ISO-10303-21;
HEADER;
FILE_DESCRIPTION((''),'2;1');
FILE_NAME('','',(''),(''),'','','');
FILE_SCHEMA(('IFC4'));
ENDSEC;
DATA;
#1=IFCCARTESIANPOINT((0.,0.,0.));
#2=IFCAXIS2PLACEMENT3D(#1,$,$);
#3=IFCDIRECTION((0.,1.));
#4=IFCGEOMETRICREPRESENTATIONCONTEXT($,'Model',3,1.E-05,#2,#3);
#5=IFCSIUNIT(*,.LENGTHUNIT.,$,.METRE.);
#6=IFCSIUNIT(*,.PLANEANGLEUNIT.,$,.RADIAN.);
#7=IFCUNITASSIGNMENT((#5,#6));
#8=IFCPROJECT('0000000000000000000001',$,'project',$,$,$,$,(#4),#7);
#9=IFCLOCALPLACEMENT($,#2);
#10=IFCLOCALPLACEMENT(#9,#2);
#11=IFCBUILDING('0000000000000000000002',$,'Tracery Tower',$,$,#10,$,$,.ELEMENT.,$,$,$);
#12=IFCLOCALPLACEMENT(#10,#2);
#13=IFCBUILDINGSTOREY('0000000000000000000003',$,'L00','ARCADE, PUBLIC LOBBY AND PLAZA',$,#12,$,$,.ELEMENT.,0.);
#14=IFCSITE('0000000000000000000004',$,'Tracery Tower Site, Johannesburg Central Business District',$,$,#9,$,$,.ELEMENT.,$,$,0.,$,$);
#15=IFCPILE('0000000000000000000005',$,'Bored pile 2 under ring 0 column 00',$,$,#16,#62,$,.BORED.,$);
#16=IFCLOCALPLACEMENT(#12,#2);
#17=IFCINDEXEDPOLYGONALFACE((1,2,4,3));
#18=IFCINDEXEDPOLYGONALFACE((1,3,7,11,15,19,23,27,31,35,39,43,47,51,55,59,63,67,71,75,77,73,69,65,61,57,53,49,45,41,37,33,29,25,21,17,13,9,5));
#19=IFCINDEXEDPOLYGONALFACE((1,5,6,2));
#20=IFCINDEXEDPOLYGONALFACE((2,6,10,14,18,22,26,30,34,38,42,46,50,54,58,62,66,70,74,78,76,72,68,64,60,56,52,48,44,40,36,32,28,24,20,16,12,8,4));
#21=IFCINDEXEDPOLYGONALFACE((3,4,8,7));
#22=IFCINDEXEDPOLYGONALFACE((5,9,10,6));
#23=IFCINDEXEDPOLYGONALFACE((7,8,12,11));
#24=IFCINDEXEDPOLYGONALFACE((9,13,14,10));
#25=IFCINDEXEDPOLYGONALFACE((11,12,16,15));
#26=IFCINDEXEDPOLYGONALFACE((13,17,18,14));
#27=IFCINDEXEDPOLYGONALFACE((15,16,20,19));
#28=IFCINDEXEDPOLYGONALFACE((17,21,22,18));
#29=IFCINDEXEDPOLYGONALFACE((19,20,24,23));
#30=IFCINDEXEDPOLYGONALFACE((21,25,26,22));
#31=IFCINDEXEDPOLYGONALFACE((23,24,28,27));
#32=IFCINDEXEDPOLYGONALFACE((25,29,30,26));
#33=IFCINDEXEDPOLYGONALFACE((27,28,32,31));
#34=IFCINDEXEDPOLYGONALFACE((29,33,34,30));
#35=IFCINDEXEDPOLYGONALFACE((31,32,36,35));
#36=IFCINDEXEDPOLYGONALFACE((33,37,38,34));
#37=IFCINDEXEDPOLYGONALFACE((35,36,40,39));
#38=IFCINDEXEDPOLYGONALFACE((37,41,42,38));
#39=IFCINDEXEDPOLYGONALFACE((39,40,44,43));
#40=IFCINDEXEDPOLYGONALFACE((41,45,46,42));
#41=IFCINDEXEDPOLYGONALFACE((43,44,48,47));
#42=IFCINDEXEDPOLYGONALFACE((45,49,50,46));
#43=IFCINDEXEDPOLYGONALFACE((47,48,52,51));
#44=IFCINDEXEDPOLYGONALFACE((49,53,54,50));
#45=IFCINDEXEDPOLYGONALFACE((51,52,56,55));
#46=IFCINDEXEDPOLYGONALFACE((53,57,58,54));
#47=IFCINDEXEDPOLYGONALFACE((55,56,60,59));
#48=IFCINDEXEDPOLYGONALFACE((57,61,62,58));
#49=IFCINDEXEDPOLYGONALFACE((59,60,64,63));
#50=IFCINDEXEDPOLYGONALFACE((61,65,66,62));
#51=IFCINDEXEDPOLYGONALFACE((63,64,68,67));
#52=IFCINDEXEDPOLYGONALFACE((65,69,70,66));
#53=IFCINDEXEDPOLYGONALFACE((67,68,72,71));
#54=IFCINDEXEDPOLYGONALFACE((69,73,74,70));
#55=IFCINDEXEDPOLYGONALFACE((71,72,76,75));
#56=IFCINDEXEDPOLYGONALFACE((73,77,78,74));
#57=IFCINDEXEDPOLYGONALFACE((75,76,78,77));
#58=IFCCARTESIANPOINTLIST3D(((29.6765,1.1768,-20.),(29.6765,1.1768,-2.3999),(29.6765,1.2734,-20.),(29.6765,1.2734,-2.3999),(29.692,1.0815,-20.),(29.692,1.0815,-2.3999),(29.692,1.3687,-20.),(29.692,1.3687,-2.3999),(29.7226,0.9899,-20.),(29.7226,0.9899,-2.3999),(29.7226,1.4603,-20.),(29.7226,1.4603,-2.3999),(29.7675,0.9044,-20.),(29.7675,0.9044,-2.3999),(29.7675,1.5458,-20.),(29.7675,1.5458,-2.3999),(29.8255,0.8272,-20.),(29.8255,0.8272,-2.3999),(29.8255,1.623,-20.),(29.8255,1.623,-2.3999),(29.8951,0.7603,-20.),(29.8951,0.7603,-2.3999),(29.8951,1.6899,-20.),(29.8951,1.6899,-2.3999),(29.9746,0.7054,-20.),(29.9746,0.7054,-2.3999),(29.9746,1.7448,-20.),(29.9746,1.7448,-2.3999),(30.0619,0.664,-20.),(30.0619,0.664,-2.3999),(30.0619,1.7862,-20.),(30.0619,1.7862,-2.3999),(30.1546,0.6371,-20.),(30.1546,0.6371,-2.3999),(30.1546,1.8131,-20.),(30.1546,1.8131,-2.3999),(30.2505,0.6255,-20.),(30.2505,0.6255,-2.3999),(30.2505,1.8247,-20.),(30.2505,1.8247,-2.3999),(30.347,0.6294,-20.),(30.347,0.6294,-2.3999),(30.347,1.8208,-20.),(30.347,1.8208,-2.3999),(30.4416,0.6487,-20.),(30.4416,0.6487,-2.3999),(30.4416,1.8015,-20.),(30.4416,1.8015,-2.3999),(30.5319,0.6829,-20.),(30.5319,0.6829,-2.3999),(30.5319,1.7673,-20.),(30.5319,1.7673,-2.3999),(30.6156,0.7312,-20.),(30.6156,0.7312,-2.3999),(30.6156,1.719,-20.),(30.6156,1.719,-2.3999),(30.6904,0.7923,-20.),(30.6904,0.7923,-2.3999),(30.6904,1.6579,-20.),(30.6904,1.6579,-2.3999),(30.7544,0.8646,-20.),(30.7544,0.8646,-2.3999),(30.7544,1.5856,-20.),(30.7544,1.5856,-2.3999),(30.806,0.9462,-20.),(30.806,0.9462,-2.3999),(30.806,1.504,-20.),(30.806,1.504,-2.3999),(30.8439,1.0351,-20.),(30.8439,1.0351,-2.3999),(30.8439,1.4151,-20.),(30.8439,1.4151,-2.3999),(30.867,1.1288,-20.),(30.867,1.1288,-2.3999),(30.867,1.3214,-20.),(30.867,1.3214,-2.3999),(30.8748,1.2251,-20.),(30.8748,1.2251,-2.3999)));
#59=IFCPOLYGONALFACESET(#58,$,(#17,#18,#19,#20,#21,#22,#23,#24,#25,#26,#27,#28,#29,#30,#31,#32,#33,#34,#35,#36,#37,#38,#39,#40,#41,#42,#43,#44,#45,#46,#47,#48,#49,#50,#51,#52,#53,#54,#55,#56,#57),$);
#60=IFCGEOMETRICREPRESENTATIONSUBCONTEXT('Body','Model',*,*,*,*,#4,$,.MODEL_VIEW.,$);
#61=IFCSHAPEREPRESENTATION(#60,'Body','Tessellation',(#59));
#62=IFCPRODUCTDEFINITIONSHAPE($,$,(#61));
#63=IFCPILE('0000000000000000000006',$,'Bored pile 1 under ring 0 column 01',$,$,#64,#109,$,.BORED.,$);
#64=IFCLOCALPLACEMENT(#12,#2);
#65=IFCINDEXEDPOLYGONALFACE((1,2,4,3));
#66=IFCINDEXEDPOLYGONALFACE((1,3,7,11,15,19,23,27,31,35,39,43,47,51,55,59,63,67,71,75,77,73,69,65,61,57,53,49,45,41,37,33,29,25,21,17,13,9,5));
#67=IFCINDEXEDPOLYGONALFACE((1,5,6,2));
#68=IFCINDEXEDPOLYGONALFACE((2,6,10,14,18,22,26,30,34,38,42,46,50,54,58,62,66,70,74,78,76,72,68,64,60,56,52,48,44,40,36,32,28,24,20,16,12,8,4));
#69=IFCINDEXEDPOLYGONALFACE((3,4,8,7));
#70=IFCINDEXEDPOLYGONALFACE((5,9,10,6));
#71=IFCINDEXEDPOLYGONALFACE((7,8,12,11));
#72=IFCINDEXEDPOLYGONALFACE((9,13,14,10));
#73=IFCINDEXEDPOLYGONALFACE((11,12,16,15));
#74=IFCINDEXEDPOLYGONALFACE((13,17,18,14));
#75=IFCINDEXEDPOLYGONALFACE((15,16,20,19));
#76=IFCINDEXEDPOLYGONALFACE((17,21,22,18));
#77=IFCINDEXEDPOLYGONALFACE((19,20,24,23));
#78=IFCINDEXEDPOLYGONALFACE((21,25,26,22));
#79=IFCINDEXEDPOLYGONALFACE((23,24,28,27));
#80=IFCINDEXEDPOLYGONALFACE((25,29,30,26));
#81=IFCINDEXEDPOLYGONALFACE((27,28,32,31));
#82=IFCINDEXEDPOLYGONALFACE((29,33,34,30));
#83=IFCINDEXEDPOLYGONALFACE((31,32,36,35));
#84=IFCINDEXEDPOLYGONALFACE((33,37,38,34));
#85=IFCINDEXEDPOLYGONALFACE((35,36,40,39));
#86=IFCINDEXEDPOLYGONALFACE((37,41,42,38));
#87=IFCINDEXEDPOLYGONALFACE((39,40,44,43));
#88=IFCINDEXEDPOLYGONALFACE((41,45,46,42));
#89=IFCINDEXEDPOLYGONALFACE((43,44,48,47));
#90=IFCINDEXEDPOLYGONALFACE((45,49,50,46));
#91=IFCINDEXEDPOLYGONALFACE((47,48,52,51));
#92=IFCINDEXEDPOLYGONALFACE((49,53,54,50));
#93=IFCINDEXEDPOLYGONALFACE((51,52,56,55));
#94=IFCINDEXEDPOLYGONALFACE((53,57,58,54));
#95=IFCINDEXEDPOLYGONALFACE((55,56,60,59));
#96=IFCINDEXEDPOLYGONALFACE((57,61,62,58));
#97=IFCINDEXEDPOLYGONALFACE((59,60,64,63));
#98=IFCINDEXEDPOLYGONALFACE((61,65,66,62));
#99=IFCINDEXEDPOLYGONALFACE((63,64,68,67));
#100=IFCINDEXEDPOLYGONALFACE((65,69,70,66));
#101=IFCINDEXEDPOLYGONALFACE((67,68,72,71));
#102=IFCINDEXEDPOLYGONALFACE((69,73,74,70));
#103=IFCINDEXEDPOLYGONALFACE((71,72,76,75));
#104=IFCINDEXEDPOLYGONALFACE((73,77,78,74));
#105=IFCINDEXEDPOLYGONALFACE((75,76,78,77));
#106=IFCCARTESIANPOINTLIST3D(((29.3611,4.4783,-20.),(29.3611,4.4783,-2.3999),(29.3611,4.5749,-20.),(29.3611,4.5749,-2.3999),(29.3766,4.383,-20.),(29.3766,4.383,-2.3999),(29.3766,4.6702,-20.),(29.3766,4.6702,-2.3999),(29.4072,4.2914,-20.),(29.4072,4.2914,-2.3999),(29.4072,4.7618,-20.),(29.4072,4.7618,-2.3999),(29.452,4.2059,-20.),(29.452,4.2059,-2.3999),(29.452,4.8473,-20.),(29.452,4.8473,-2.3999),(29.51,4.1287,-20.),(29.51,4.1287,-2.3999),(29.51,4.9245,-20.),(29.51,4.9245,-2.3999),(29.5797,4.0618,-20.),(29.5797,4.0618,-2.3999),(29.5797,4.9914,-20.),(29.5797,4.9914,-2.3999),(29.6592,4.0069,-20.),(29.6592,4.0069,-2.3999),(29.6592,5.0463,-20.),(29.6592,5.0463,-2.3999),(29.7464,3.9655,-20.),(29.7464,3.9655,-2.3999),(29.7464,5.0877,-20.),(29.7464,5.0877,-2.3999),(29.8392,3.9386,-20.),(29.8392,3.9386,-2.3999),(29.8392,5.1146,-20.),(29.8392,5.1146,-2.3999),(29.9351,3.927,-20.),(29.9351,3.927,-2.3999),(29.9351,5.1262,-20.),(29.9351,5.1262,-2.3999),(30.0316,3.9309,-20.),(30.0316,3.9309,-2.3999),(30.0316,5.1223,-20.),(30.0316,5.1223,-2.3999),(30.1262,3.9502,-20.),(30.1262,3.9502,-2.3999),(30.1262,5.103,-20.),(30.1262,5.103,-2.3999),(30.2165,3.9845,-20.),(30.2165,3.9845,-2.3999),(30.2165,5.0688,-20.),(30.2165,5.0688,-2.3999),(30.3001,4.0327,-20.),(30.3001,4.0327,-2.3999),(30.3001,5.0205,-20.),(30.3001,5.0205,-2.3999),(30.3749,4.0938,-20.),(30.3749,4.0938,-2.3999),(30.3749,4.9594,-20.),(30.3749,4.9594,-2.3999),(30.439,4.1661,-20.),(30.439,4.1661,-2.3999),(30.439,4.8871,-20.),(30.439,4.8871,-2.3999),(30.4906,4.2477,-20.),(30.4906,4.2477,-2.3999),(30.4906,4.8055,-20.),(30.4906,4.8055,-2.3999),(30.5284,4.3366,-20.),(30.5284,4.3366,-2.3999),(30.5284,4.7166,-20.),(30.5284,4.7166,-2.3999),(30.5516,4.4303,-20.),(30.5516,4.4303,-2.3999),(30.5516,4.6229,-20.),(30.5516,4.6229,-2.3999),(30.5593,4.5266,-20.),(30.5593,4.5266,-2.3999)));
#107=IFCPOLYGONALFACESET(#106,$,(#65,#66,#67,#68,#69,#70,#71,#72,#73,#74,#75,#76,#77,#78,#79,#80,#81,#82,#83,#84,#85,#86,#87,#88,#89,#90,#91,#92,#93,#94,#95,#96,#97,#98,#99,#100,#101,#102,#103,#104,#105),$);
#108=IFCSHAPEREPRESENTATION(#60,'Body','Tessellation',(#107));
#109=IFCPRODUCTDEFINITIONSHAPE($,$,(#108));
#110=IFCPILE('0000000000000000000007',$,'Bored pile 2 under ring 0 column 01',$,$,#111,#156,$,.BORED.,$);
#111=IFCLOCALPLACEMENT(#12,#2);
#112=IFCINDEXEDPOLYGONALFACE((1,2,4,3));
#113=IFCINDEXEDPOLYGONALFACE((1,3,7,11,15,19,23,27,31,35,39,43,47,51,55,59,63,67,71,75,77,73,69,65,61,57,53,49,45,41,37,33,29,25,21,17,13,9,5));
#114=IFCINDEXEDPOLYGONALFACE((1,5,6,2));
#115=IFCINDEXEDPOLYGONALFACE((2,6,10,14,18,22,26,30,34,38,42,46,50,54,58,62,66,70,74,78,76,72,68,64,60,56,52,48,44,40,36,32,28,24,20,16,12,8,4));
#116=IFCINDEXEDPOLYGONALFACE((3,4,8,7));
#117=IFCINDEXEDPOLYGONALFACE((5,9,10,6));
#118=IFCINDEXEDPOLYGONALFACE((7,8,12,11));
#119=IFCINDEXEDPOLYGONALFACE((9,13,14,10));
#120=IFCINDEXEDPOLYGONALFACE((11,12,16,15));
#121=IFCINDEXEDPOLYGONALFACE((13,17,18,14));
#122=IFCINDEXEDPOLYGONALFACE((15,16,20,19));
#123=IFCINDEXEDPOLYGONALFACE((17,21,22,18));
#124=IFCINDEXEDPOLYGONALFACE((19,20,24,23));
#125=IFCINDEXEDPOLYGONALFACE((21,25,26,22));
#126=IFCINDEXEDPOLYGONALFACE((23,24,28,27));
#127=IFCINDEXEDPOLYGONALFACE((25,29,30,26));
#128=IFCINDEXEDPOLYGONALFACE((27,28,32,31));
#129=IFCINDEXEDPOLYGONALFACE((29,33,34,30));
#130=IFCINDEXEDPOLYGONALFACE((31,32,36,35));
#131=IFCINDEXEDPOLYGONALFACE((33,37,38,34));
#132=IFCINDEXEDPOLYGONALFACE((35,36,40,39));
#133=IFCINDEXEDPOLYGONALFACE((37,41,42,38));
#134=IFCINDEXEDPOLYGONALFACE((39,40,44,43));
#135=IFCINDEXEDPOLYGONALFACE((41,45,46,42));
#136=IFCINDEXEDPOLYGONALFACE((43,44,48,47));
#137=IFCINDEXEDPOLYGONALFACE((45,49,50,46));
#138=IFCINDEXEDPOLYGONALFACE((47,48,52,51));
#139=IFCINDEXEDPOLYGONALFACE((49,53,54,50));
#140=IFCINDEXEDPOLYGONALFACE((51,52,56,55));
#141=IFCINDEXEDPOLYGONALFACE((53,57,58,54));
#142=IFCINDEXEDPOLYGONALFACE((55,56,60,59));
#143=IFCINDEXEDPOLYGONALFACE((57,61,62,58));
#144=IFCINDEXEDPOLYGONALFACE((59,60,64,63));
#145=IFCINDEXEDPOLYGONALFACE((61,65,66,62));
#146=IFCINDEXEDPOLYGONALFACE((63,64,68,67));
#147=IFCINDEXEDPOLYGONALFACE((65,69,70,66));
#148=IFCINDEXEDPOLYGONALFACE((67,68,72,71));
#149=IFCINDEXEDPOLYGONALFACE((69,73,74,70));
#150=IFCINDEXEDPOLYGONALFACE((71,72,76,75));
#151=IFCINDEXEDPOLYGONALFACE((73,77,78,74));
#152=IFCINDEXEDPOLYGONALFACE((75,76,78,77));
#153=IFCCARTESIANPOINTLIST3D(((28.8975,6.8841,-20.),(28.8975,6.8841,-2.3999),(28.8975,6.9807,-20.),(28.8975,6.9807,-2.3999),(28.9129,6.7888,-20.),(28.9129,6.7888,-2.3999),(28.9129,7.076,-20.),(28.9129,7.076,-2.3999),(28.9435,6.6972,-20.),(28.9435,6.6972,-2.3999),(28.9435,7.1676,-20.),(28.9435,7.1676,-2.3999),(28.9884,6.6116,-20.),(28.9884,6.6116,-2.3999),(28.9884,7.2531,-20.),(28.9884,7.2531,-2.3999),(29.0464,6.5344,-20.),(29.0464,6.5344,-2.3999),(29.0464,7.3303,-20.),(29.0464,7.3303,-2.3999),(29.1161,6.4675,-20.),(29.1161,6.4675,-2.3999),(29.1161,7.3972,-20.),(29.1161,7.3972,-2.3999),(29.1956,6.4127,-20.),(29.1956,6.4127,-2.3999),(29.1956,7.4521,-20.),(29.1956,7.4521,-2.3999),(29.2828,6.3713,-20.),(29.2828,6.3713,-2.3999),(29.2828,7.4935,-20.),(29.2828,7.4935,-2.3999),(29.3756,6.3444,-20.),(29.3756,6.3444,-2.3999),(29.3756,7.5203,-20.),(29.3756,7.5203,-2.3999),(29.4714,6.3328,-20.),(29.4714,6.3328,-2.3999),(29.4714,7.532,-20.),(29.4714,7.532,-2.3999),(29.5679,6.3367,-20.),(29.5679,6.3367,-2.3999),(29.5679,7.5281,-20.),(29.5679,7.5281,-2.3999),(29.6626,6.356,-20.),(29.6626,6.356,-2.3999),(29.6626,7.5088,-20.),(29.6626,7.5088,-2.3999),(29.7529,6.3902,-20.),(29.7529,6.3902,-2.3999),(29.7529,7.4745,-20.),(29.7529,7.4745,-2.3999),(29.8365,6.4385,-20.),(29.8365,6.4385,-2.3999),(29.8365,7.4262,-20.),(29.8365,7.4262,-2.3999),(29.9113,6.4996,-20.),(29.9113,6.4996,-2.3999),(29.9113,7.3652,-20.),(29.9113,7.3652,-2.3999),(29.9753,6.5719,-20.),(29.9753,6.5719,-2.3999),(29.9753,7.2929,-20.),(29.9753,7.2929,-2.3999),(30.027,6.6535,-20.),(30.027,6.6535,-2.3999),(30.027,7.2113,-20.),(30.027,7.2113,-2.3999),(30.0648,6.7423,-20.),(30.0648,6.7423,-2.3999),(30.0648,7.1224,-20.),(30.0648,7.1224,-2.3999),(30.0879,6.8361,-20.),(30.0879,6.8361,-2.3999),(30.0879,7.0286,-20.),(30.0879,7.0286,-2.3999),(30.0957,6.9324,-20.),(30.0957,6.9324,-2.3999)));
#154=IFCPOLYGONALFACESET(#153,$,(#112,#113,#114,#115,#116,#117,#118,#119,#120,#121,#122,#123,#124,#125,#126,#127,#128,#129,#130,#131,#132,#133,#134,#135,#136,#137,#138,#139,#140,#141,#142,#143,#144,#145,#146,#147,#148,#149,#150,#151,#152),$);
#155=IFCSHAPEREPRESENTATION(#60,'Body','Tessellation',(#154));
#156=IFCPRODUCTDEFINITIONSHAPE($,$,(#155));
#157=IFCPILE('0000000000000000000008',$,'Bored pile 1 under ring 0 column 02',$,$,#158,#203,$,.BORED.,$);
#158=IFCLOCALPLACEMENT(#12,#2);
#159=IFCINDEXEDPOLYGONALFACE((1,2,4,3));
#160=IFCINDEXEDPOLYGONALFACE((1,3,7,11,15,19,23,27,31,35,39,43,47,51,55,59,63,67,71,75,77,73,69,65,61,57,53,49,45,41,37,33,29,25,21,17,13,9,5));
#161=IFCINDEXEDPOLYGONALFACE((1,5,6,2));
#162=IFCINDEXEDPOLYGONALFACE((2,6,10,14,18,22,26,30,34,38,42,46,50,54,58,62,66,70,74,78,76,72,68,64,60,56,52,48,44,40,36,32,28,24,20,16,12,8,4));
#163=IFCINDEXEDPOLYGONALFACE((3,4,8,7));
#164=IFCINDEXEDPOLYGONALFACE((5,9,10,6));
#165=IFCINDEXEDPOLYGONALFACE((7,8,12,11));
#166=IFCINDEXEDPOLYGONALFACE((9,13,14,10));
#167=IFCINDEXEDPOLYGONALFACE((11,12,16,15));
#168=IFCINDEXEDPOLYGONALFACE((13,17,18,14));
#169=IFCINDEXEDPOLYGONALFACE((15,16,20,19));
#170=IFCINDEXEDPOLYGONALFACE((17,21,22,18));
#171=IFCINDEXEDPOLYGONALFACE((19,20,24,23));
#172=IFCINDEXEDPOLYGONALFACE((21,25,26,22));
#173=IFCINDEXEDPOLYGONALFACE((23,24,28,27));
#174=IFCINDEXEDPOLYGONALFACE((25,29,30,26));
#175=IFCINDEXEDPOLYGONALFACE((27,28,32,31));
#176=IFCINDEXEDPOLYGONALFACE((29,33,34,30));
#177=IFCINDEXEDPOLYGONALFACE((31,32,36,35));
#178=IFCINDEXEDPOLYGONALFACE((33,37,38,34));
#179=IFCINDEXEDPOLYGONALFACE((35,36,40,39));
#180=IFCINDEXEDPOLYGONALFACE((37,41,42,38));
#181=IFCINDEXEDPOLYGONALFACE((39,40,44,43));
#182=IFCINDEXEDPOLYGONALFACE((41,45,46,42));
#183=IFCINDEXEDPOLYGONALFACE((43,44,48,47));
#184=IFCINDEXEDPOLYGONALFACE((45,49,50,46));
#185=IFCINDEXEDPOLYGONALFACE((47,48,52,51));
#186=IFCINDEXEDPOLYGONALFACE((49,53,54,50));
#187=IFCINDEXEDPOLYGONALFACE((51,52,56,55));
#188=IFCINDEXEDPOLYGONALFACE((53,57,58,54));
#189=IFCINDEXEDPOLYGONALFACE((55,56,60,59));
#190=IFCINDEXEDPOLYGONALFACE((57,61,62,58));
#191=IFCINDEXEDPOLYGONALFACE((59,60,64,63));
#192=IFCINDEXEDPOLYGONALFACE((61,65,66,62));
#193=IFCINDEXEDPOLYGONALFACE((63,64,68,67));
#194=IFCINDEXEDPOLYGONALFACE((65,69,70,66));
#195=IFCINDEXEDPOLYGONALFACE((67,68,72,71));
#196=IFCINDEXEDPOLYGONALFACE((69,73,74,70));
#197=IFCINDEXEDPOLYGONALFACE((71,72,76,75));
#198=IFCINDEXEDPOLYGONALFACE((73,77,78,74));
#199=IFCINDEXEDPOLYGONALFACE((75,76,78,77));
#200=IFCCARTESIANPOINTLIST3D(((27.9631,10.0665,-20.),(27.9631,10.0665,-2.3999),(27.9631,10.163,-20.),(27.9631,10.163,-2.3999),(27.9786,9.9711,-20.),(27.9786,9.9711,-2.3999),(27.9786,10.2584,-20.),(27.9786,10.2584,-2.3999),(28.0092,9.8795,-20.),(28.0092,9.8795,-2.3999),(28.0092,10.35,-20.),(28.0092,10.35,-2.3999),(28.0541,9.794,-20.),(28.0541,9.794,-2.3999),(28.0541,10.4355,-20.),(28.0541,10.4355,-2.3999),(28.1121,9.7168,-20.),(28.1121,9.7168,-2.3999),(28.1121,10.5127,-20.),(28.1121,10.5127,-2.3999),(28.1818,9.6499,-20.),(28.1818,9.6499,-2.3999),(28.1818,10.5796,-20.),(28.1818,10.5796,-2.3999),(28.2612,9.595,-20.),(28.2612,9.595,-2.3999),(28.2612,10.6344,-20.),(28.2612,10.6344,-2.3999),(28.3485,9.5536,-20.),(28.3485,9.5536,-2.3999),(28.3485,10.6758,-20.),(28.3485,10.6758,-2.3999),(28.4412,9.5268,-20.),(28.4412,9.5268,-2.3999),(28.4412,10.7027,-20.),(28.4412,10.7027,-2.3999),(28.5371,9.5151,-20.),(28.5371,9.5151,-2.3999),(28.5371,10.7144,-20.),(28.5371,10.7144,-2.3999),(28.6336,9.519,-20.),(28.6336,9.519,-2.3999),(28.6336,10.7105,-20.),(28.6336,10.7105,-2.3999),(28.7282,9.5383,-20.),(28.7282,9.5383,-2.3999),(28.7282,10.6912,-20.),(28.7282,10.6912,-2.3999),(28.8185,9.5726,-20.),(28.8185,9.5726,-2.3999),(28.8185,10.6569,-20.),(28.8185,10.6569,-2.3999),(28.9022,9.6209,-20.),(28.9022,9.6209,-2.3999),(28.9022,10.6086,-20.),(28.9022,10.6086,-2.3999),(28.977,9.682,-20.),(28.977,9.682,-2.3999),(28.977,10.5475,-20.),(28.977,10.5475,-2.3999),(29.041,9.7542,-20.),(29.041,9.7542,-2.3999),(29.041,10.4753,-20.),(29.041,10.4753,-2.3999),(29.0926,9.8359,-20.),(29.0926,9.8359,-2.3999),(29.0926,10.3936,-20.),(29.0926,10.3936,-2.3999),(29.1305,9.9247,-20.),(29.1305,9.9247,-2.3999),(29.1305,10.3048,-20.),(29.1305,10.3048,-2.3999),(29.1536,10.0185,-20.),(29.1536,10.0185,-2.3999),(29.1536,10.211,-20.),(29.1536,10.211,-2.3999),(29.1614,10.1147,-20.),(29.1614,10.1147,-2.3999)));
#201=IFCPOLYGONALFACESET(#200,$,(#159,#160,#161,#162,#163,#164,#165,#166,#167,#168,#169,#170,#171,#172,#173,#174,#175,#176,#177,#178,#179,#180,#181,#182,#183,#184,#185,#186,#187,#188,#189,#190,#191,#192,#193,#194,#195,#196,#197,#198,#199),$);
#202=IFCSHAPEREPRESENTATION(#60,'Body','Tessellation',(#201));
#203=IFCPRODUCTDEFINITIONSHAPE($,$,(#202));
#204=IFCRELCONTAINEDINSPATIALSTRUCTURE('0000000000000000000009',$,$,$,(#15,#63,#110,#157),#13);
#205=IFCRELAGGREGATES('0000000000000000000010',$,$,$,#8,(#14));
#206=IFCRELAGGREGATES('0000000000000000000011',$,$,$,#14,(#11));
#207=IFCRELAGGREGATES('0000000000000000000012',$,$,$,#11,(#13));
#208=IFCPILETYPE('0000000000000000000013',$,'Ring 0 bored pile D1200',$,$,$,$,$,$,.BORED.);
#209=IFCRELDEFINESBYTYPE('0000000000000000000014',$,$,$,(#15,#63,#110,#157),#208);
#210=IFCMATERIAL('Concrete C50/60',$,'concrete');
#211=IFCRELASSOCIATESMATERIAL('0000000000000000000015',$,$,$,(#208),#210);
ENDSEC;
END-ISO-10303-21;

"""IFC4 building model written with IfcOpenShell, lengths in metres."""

from ifc_helpers import new_model, si_unit, direction, frame, origin, origin_2d, place, context, subcontext, project, spatial, circle, extrude, material, material_profile, profile_set, type_object, element, save


model = new_model("IFC4")

# Units and contexts
model_context = context("Model", 3, precision=1e-05, world=origin(), true_north=direction((0.0, 1.0)))
body_context = subcontext(model_context, "Body", "Model", "MODEL_VIEW")
ifc_project = project(units=[si_unit("LENGTHUNIT", "METRE"), si_unit("PLANEANGLEUNIT", "RADIAN")], contexts=[model_context])

# Site, building, storey
site_placement = place(None, origin())
site = spatial("IfcSite", under=ifc_project, at=site_placement, Name="Tracery Tower Site, Johannesburg Central Business District", CompositionType="ELEMENT", RefElevation=0.0)
building_placement = place(site_placement, origin())
building = spatial("IfcBuilding", under=site, at=building_placement, Name="Tracery Tower", CompositionType="ELEMENT")
storey_placement = place(building_placement, origin())
storey = spatial("IfcBuildingStorey", under=building, at=storey_placement, Name="L00", Description="ARCADE, PUBLIC LOBBY AND PLAZA", CompositionType="ELEMENT", Elevation=0.0)

# Piles
ifc_material_1 = material(Name="Concrete C50/60", Category="concrete")
ifc_material_profile_1 = material_profile(ifc_material_1, circle(Radius=0.6001, at=origin_2d()), Name="RC D1200")
ifc_profile_set_1 = profile_set([ifc_material_profile_1], Name="Concrete C50/60")
pile_type_1 = type_object("IfcPileType", Name="Ring 0 bored pile D1200", PredefinedType="BORED", material=ifc_profile_set_1)
for number, where, z_axis, x_axis, name in (
    (1, (30.2747, 1.2251, -2.3999), (0.0, 0.0, -1.0), (1.0, 0.0, 0.0), "Bored pile 2 under ring 0 column 00"),
    (2, (29.9592, 4.5266, -2.3999), (0.0, 0.0, -1.0), (1.0, 0.0, 0.0), "Bored pile 1 under ring 0 column 01"),
    (3, (29.4956, 6.9324, -2.3999), (0.0, 0.0, -1.0), (1.0, 0.0, 0.0), "Bored pile 2 under ring 0 column 01"),
    (4, (28.5613, 10.1147, -2.3999), (0.0, 0.0, -1.0), (1.0, 0.0, 0.0), "Bored pile 1 under ring 0 column 02"),
):
    element("IfcPile", number, at=place(storey_placement, frame(where, z_axis=z_axis, x_axis=x_axis)), inside=storey, type_object=pile_type_1, Name=name, PredefinedType="BORED", context=body_context, shape_type="SweptSolid", body=[
        extrude(circle(Radius=0.6001, at=origin_2d()), origin(), (0.0, 0.0, 1.0), 17.6001),
    ])

save(model, "model.ifc")
